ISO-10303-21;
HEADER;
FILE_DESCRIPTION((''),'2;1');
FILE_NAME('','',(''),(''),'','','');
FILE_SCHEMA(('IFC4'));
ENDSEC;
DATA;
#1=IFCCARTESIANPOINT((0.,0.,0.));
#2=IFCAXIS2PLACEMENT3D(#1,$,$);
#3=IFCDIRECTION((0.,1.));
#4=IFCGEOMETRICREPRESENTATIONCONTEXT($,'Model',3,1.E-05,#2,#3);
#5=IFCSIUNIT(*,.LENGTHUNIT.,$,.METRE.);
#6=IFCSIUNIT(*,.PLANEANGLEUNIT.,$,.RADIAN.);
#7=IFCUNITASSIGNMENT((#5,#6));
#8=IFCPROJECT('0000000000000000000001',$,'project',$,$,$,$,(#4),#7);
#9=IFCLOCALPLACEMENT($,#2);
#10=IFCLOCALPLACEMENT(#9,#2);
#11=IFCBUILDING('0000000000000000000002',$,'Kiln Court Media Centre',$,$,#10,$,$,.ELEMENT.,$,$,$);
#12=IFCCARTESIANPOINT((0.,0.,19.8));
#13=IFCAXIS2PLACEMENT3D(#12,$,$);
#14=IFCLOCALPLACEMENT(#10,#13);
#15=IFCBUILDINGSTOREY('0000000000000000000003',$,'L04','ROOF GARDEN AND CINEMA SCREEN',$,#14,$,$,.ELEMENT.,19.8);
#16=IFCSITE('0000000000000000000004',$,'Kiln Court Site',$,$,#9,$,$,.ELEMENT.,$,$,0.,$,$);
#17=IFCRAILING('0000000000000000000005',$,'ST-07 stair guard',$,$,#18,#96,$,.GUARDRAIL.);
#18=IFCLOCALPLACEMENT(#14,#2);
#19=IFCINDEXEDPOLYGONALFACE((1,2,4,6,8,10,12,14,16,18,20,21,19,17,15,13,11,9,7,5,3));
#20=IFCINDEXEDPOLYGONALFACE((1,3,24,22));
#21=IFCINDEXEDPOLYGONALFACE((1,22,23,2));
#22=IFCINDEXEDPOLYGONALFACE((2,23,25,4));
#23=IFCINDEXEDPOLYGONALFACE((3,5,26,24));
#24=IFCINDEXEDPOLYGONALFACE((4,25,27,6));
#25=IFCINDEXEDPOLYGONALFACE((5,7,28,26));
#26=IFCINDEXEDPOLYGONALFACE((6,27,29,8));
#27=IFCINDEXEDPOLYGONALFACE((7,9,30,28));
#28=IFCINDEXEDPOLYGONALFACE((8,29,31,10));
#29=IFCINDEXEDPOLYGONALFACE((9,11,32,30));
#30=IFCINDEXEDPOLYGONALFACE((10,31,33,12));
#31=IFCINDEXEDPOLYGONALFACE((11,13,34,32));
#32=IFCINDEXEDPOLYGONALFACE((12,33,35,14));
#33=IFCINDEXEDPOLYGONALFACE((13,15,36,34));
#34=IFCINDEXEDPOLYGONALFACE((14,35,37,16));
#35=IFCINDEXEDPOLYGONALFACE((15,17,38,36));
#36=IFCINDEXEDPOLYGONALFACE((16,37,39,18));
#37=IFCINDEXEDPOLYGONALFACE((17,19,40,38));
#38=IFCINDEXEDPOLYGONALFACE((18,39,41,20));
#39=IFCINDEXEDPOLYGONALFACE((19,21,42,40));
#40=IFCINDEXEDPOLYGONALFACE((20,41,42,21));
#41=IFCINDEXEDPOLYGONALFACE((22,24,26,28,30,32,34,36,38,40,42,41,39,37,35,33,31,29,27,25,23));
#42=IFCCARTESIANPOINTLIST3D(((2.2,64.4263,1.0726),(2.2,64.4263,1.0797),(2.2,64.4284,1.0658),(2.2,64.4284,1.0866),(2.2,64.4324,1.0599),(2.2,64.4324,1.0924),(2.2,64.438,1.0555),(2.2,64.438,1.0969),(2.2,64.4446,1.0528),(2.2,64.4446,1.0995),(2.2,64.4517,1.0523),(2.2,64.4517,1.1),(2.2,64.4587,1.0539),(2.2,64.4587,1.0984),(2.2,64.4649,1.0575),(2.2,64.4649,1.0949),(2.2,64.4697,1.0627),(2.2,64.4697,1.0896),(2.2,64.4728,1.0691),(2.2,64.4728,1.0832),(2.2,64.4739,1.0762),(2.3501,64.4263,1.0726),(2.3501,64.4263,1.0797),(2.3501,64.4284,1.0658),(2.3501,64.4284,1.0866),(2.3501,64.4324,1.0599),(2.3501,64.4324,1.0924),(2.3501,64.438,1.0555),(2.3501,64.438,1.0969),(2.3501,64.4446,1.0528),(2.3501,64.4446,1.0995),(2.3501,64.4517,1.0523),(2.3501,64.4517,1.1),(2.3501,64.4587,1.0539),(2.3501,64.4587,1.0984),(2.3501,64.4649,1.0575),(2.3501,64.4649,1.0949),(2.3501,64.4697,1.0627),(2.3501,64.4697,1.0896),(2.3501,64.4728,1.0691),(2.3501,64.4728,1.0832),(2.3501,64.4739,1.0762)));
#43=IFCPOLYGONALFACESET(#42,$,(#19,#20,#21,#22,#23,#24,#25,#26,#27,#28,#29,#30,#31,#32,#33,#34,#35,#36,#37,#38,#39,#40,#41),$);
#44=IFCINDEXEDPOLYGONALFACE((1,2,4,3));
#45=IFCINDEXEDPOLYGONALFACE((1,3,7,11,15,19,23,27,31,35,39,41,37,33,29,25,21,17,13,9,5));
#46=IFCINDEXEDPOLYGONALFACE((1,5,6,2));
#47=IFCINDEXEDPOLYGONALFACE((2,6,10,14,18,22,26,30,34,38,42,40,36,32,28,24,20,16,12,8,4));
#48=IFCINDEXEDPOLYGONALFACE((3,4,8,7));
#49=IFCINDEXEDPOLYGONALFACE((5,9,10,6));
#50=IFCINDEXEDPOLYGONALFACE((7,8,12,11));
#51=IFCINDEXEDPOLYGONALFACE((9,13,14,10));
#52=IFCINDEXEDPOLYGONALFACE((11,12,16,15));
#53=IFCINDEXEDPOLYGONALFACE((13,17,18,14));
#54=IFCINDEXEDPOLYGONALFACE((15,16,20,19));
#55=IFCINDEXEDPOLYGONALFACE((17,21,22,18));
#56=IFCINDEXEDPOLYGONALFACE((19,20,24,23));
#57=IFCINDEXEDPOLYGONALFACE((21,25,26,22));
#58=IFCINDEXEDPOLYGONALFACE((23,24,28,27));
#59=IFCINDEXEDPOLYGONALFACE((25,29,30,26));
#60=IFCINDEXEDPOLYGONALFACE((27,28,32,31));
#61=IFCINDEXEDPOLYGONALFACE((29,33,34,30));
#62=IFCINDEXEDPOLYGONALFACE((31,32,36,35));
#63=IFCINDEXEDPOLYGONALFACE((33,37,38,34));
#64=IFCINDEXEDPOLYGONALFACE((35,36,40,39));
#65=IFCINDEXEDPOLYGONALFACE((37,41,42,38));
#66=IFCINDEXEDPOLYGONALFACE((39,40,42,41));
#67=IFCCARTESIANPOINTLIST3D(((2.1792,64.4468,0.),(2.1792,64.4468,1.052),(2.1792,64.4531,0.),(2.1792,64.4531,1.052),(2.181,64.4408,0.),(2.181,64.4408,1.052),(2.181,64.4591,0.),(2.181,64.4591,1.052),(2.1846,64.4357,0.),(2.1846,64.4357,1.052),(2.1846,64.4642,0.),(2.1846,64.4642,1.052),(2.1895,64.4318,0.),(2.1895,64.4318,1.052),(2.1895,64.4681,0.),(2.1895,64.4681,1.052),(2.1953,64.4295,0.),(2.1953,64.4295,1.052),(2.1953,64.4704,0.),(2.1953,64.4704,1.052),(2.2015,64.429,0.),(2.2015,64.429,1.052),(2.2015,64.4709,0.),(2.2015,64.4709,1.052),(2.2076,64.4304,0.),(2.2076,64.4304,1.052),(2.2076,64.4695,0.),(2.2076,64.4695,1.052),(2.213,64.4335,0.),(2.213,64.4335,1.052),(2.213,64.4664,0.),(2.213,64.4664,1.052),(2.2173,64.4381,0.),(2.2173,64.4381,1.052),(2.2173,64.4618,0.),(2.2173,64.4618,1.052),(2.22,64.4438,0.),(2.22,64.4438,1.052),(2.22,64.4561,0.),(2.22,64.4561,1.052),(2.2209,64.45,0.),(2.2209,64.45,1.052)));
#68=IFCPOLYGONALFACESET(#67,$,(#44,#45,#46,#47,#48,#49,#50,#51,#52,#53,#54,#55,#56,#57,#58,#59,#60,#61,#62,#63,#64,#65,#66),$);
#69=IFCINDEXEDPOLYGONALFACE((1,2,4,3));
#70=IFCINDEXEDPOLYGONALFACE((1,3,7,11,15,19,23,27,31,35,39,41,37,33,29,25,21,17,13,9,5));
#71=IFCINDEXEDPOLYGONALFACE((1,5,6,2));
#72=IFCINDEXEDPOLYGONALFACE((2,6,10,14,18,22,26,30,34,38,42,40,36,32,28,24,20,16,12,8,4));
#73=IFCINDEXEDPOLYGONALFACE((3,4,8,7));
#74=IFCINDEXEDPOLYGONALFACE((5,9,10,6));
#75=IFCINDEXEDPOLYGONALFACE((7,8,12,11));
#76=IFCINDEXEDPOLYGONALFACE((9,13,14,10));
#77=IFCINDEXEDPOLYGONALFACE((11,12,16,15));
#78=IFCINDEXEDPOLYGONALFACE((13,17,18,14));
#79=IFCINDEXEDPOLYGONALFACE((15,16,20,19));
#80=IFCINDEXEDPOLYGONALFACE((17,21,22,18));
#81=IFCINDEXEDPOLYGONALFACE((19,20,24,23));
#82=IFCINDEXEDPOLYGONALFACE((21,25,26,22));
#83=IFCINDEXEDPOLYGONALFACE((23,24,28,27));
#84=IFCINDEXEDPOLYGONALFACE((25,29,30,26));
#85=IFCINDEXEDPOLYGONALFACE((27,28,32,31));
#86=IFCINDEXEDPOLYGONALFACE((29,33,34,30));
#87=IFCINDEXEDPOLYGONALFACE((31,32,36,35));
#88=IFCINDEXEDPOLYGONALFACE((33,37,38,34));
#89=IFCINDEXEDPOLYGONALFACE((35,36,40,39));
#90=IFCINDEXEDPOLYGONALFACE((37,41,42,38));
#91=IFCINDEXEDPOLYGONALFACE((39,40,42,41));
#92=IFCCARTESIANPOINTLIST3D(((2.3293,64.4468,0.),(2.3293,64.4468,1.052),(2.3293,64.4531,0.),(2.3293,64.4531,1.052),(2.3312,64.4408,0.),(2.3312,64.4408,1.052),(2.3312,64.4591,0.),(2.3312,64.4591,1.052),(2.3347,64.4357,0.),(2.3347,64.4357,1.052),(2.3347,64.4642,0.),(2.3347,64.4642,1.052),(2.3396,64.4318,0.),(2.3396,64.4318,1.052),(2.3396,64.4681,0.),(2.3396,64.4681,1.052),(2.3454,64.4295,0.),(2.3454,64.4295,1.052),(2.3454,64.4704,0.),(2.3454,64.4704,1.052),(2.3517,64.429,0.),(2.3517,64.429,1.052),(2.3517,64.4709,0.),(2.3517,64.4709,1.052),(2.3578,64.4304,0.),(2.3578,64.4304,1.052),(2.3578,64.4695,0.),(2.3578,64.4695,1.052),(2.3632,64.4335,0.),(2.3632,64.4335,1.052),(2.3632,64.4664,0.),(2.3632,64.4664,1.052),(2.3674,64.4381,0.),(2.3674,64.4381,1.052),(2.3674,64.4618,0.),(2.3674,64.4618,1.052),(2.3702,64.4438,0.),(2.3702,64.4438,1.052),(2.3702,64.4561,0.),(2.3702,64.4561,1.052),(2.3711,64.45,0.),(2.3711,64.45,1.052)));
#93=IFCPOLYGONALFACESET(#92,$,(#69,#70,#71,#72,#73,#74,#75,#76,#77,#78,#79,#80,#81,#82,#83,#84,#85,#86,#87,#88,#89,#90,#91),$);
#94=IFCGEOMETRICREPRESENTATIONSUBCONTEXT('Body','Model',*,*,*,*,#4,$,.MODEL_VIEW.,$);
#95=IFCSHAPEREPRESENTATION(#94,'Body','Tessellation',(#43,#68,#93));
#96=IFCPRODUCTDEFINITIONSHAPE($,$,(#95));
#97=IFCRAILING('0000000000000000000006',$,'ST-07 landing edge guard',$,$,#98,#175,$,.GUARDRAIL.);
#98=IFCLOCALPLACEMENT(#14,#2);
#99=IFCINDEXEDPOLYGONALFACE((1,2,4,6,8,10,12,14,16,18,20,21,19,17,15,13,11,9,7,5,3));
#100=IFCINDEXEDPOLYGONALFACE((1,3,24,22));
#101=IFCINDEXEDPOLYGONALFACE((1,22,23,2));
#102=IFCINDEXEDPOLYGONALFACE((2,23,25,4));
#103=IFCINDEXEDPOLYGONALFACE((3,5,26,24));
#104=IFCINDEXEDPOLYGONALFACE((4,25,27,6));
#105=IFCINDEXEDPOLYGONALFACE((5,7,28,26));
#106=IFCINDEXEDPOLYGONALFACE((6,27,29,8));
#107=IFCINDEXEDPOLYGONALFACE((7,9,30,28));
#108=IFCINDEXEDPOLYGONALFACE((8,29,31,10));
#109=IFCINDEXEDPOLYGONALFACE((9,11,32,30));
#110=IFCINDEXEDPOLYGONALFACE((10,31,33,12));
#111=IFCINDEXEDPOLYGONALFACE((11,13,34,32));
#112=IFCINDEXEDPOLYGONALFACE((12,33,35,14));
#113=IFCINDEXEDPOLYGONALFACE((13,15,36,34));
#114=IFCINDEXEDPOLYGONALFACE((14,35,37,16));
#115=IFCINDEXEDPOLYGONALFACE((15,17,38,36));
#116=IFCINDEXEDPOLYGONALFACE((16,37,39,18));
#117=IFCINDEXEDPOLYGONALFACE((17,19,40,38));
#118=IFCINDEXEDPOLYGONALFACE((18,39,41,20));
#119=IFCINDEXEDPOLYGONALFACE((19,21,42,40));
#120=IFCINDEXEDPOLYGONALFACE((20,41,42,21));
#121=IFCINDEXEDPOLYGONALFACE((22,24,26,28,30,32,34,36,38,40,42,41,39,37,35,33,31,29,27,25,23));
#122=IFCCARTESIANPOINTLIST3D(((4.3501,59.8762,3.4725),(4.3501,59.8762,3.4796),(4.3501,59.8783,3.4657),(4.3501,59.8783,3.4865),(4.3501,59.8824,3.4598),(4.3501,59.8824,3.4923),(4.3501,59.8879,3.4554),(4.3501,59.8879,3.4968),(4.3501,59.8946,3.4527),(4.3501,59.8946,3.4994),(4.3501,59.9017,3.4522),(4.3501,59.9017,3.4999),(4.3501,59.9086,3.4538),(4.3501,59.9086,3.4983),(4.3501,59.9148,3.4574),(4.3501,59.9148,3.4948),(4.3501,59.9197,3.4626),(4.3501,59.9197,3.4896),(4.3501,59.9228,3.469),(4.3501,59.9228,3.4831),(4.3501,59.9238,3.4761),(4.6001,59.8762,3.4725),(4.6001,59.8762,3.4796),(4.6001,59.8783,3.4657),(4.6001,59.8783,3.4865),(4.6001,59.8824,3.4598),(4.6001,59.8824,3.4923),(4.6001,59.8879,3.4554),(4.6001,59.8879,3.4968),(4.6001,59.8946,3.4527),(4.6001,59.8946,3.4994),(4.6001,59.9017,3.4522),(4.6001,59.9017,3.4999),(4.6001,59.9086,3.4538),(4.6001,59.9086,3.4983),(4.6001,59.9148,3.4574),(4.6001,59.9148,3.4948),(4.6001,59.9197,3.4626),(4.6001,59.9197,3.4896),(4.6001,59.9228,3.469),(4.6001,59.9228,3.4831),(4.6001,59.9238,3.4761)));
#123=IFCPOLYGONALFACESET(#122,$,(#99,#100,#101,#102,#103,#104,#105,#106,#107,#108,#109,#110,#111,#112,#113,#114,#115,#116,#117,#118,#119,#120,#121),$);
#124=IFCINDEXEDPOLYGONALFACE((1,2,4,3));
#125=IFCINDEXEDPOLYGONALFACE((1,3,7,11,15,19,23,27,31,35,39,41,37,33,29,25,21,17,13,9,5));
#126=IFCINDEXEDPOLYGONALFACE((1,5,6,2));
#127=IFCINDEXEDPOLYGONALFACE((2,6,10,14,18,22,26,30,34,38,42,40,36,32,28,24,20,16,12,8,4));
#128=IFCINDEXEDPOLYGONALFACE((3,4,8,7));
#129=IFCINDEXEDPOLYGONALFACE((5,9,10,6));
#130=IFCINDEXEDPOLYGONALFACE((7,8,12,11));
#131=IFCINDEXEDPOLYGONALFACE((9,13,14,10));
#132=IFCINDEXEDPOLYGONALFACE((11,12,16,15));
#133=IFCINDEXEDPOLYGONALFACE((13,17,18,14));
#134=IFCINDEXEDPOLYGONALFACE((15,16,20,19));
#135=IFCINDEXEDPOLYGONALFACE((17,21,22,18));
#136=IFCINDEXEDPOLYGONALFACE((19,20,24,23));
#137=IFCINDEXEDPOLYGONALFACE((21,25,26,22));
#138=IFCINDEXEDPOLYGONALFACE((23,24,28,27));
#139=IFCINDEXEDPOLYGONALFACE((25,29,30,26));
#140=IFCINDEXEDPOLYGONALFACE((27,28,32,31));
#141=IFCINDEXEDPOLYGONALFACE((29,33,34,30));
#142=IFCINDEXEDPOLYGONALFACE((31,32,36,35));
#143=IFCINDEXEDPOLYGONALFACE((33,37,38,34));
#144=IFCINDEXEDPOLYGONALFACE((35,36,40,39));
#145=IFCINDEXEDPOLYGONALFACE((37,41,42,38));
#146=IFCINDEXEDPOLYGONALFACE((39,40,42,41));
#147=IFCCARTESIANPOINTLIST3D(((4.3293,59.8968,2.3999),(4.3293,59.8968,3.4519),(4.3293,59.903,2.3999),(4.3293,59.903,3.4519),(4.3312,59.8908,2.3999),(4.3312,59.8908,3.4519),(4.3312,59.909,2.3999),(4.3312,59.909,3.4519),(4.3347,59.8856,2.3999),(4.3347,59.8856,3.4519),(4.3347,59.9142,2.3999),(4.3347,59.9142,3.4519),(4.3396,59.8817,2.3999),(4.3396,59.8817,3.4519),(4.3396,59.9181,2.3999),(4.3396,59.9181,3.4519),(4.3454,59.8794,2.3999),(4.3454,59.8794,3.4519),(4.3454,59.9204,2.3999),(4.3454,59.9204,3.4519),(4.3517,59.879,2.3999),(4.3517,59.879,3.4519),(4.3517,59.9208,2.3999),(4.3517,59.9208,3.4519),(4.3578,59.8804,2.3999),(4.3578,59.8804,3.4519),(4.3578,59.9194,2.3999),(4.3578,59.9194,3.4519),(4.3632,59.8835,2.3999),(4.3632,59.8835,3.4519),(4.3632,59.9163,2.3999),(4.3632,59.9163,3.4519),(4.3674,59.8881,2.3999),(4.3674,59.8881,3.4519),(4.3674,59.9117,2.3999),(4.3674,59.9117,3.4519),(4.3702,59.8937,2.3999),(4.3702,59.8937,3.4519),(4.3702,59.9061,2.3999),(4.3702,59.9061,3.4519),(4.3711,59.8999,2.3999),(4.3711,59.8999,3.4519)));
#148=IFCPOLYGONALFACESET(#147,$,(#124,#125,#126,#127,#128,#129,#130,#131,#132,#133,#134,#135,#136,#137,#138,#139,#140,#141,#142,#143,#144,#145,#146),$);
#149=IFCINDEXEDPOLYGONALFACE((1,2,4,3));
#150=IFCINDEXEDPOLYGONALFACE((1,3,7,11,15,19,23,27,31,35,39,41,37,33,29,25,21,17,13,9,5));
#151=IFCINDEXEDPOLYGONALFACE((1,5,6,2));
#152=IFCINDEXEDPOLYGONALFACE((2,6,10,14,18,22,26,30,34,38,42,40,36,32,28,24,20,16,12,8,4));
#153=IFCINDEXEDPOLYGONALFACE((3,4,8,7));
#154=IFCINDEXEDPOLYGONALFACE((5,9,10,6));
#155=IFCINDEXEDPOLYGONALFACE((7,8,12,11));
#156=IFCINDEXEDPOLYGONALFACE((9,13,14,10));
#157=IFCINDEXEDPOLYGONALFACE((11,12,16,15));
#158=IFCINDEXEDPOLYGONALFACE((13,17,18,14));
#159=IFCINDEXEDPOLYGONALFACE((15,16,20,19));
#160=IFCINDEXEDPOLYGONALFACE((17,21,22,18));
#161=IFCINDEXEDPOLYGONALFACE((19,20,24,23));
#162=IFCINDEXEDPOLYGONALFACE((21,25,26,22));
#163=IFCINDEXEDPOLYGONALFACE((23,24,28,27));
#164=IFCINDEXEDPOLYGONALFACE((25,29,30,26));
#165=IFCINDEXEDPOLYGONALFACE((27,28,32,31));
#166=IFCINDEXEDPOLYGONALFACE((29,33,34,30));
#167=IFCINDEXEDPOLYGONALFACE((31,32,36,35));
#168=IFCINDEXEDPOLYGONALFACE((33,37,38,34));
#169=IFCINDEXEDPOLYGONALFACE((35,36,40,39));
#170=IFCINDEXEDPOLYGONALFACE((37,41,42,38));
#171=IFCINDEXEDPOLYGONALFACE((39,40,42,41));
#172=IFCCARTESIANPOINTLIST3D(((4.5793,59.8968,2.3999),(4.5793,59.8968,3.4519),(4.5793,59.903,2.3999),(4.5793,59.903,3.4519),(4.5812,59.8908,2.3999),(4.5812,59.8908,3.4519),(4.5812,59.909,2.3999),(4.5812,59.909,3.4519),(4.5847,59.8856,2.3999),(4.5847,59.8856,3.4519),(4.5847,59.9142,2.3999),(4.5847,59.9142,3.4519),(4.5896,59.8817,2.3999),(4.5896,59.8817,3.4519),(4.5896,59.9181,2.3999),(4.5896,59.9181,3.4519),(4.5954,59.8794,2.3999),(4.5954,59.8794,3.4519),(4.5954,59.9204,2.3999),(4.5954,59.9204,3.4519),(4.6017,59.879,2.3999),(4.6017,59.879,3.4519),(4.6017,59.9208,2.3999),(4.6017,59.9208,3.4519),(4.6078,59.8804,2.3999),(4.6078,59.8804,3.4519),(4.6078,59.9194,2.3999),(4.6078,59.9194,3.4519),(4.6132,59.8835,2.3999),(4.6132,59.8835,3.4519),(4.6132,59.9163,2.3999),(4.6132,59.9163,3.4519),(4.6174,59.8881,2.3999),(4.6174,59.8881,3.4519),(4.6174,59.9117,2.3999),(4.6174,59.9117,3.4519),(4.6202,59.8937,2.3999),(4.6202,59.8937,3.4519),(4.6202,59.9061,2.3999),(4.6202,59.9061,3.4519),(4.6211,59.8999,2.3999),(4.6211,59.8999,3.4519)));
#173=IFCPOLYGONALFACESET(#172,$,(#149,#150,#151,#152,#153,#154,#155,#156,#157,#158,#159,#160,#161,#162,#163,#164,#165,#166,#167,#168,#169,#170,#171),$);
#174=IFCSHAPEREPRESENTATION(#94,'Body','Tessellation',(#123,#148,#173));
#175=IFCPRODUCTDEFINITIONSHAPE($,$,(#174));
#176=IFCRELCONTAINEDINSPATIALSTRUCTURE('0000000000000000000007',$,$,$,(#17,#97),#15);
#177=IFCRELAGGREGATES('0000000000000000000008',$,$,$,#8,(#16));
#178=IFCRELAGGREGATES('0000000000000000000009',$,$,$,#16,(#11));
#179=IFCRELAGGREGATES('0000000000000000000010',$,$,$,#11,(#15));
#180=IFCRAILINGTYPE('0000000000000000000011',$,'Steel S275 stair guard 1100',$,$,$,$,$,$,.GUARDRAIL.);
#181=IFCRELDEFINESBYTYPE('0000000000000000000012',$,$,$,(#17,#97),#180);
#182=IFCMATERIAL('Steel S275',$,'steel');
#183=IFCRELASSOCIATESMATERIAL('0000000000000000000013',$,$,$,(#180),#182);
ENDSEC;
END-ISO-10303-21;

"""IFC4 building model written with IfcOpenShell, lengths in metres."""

from ifc_helpers import new_model, si_unit, direction, frame, origin, origin_2d, place, context, subcontext, project, spatial, circle, extrude, material, type_object, element, save


model = new_model("IFC4")

# Units and contexts
model_context = context("Model", 3, precision=1e-05, world=origin(), true_north=direction((0.0, 1.0)))
body_context = subcontext(model_context, "Body", "Model", "MODEL_VIEW")
ifc_project = project(units=[si_unit("LENGTHUNIT", "METRE"), si_unit("PLANEANGLEUNIT", "RADIAN")], contexts=[model_context])

# Site, building, storey
site_placement = place(None, origin())
site = spatial("IfcSite", under=ifc_project, at=site_placement, Name="Kiln Court Site", CompositionType="ELEMENT", RefElevation=0.0)
building_placement = place(site_placement, origin())
building = spatial("IfcBuilding", under=site, at=building_placement, Name="Kiln Court Media Centre", CompositionType="ELEMENT")
storey_placement = place(building_placement, frame((0.0, 0.0, 19.8)))
storey = spatial("IfcBuildingStorey", under=building, at=storey_placement, Name="L04", Description="ROOF GARDEN AND CINEMA SCREEN", CompositionType="ELEMENT", Elevation=19.8)

# Railings
ifc_material_1 = material(Name="Steel S275", Category="steel")
railing_type_1 = type_object("IfcRailingType", Name="Steel S275 stair guard 1100", PredefinedType="GUARDRAIL", material=ifc_material_1)
railing_1_placement = place(storey_placement, frame((2.2, 64.45, 0.0)))
element("IfcRailing", 1, at=railing_1_placement, inside=storey, type_object=railing_type_1, Name="ST-07 stair guard", PredefinedType="GUARDRAIL", context=body_context, shape_type="SweptSolid", body=[
    extrude(circle(Radius=0.0239, at=origin_2d()), frame((0.0, 0.0, 1.0762), z_axis=(1.0, 0.0, 0.0), x_axis=(0.0, 1.0, 0.0)), (0.0, 0.0, 1.0), 0.1501),
    extrude(circle(Radius=0.021, at=origin_2d()), origin(), (0.0, 0.0, 1.0), 1.052),
    extrude(circle(Radius=0.021, at=origin_2d()), frame((0.1501, 0.0, 0.0)), (0.0, 0.0, 1.0), 1.052),
])
for number, where, name in (
    (2, (4.3501, 59.8999, 2.3999), "ST-07 landing edge guard"),
):
    element("IfcRailing", number, at=place(storey_placement, frame(where)), inside=storey, type_object=railing_type_1, Name=name, PredefinedType="GUARDRAIL", context=body_context, shape_type="SweptSolid", body=[
        extrude(circle(Radius=0.0239, at=origin_2d()), frame((0.0, 0.0, 1.0762), z_axis=(1.0, 0.0, 0.0), x_axis=(0.0, 1.0, 0.0)), (0.0, 0.0, 1.0), 0.25),
        extrude(circle(Radius=0.021, at=origin_2d()), origin(), (0.0, 0.0, 1.0), 1.052),
        extrude(circle(Radius=0.021, at=origin_2d()), frame((0.25, 0.0, 0.0)), (0.0, 0.0, 1.0), 1.052),
    ])

save(model, "model.ifc")
